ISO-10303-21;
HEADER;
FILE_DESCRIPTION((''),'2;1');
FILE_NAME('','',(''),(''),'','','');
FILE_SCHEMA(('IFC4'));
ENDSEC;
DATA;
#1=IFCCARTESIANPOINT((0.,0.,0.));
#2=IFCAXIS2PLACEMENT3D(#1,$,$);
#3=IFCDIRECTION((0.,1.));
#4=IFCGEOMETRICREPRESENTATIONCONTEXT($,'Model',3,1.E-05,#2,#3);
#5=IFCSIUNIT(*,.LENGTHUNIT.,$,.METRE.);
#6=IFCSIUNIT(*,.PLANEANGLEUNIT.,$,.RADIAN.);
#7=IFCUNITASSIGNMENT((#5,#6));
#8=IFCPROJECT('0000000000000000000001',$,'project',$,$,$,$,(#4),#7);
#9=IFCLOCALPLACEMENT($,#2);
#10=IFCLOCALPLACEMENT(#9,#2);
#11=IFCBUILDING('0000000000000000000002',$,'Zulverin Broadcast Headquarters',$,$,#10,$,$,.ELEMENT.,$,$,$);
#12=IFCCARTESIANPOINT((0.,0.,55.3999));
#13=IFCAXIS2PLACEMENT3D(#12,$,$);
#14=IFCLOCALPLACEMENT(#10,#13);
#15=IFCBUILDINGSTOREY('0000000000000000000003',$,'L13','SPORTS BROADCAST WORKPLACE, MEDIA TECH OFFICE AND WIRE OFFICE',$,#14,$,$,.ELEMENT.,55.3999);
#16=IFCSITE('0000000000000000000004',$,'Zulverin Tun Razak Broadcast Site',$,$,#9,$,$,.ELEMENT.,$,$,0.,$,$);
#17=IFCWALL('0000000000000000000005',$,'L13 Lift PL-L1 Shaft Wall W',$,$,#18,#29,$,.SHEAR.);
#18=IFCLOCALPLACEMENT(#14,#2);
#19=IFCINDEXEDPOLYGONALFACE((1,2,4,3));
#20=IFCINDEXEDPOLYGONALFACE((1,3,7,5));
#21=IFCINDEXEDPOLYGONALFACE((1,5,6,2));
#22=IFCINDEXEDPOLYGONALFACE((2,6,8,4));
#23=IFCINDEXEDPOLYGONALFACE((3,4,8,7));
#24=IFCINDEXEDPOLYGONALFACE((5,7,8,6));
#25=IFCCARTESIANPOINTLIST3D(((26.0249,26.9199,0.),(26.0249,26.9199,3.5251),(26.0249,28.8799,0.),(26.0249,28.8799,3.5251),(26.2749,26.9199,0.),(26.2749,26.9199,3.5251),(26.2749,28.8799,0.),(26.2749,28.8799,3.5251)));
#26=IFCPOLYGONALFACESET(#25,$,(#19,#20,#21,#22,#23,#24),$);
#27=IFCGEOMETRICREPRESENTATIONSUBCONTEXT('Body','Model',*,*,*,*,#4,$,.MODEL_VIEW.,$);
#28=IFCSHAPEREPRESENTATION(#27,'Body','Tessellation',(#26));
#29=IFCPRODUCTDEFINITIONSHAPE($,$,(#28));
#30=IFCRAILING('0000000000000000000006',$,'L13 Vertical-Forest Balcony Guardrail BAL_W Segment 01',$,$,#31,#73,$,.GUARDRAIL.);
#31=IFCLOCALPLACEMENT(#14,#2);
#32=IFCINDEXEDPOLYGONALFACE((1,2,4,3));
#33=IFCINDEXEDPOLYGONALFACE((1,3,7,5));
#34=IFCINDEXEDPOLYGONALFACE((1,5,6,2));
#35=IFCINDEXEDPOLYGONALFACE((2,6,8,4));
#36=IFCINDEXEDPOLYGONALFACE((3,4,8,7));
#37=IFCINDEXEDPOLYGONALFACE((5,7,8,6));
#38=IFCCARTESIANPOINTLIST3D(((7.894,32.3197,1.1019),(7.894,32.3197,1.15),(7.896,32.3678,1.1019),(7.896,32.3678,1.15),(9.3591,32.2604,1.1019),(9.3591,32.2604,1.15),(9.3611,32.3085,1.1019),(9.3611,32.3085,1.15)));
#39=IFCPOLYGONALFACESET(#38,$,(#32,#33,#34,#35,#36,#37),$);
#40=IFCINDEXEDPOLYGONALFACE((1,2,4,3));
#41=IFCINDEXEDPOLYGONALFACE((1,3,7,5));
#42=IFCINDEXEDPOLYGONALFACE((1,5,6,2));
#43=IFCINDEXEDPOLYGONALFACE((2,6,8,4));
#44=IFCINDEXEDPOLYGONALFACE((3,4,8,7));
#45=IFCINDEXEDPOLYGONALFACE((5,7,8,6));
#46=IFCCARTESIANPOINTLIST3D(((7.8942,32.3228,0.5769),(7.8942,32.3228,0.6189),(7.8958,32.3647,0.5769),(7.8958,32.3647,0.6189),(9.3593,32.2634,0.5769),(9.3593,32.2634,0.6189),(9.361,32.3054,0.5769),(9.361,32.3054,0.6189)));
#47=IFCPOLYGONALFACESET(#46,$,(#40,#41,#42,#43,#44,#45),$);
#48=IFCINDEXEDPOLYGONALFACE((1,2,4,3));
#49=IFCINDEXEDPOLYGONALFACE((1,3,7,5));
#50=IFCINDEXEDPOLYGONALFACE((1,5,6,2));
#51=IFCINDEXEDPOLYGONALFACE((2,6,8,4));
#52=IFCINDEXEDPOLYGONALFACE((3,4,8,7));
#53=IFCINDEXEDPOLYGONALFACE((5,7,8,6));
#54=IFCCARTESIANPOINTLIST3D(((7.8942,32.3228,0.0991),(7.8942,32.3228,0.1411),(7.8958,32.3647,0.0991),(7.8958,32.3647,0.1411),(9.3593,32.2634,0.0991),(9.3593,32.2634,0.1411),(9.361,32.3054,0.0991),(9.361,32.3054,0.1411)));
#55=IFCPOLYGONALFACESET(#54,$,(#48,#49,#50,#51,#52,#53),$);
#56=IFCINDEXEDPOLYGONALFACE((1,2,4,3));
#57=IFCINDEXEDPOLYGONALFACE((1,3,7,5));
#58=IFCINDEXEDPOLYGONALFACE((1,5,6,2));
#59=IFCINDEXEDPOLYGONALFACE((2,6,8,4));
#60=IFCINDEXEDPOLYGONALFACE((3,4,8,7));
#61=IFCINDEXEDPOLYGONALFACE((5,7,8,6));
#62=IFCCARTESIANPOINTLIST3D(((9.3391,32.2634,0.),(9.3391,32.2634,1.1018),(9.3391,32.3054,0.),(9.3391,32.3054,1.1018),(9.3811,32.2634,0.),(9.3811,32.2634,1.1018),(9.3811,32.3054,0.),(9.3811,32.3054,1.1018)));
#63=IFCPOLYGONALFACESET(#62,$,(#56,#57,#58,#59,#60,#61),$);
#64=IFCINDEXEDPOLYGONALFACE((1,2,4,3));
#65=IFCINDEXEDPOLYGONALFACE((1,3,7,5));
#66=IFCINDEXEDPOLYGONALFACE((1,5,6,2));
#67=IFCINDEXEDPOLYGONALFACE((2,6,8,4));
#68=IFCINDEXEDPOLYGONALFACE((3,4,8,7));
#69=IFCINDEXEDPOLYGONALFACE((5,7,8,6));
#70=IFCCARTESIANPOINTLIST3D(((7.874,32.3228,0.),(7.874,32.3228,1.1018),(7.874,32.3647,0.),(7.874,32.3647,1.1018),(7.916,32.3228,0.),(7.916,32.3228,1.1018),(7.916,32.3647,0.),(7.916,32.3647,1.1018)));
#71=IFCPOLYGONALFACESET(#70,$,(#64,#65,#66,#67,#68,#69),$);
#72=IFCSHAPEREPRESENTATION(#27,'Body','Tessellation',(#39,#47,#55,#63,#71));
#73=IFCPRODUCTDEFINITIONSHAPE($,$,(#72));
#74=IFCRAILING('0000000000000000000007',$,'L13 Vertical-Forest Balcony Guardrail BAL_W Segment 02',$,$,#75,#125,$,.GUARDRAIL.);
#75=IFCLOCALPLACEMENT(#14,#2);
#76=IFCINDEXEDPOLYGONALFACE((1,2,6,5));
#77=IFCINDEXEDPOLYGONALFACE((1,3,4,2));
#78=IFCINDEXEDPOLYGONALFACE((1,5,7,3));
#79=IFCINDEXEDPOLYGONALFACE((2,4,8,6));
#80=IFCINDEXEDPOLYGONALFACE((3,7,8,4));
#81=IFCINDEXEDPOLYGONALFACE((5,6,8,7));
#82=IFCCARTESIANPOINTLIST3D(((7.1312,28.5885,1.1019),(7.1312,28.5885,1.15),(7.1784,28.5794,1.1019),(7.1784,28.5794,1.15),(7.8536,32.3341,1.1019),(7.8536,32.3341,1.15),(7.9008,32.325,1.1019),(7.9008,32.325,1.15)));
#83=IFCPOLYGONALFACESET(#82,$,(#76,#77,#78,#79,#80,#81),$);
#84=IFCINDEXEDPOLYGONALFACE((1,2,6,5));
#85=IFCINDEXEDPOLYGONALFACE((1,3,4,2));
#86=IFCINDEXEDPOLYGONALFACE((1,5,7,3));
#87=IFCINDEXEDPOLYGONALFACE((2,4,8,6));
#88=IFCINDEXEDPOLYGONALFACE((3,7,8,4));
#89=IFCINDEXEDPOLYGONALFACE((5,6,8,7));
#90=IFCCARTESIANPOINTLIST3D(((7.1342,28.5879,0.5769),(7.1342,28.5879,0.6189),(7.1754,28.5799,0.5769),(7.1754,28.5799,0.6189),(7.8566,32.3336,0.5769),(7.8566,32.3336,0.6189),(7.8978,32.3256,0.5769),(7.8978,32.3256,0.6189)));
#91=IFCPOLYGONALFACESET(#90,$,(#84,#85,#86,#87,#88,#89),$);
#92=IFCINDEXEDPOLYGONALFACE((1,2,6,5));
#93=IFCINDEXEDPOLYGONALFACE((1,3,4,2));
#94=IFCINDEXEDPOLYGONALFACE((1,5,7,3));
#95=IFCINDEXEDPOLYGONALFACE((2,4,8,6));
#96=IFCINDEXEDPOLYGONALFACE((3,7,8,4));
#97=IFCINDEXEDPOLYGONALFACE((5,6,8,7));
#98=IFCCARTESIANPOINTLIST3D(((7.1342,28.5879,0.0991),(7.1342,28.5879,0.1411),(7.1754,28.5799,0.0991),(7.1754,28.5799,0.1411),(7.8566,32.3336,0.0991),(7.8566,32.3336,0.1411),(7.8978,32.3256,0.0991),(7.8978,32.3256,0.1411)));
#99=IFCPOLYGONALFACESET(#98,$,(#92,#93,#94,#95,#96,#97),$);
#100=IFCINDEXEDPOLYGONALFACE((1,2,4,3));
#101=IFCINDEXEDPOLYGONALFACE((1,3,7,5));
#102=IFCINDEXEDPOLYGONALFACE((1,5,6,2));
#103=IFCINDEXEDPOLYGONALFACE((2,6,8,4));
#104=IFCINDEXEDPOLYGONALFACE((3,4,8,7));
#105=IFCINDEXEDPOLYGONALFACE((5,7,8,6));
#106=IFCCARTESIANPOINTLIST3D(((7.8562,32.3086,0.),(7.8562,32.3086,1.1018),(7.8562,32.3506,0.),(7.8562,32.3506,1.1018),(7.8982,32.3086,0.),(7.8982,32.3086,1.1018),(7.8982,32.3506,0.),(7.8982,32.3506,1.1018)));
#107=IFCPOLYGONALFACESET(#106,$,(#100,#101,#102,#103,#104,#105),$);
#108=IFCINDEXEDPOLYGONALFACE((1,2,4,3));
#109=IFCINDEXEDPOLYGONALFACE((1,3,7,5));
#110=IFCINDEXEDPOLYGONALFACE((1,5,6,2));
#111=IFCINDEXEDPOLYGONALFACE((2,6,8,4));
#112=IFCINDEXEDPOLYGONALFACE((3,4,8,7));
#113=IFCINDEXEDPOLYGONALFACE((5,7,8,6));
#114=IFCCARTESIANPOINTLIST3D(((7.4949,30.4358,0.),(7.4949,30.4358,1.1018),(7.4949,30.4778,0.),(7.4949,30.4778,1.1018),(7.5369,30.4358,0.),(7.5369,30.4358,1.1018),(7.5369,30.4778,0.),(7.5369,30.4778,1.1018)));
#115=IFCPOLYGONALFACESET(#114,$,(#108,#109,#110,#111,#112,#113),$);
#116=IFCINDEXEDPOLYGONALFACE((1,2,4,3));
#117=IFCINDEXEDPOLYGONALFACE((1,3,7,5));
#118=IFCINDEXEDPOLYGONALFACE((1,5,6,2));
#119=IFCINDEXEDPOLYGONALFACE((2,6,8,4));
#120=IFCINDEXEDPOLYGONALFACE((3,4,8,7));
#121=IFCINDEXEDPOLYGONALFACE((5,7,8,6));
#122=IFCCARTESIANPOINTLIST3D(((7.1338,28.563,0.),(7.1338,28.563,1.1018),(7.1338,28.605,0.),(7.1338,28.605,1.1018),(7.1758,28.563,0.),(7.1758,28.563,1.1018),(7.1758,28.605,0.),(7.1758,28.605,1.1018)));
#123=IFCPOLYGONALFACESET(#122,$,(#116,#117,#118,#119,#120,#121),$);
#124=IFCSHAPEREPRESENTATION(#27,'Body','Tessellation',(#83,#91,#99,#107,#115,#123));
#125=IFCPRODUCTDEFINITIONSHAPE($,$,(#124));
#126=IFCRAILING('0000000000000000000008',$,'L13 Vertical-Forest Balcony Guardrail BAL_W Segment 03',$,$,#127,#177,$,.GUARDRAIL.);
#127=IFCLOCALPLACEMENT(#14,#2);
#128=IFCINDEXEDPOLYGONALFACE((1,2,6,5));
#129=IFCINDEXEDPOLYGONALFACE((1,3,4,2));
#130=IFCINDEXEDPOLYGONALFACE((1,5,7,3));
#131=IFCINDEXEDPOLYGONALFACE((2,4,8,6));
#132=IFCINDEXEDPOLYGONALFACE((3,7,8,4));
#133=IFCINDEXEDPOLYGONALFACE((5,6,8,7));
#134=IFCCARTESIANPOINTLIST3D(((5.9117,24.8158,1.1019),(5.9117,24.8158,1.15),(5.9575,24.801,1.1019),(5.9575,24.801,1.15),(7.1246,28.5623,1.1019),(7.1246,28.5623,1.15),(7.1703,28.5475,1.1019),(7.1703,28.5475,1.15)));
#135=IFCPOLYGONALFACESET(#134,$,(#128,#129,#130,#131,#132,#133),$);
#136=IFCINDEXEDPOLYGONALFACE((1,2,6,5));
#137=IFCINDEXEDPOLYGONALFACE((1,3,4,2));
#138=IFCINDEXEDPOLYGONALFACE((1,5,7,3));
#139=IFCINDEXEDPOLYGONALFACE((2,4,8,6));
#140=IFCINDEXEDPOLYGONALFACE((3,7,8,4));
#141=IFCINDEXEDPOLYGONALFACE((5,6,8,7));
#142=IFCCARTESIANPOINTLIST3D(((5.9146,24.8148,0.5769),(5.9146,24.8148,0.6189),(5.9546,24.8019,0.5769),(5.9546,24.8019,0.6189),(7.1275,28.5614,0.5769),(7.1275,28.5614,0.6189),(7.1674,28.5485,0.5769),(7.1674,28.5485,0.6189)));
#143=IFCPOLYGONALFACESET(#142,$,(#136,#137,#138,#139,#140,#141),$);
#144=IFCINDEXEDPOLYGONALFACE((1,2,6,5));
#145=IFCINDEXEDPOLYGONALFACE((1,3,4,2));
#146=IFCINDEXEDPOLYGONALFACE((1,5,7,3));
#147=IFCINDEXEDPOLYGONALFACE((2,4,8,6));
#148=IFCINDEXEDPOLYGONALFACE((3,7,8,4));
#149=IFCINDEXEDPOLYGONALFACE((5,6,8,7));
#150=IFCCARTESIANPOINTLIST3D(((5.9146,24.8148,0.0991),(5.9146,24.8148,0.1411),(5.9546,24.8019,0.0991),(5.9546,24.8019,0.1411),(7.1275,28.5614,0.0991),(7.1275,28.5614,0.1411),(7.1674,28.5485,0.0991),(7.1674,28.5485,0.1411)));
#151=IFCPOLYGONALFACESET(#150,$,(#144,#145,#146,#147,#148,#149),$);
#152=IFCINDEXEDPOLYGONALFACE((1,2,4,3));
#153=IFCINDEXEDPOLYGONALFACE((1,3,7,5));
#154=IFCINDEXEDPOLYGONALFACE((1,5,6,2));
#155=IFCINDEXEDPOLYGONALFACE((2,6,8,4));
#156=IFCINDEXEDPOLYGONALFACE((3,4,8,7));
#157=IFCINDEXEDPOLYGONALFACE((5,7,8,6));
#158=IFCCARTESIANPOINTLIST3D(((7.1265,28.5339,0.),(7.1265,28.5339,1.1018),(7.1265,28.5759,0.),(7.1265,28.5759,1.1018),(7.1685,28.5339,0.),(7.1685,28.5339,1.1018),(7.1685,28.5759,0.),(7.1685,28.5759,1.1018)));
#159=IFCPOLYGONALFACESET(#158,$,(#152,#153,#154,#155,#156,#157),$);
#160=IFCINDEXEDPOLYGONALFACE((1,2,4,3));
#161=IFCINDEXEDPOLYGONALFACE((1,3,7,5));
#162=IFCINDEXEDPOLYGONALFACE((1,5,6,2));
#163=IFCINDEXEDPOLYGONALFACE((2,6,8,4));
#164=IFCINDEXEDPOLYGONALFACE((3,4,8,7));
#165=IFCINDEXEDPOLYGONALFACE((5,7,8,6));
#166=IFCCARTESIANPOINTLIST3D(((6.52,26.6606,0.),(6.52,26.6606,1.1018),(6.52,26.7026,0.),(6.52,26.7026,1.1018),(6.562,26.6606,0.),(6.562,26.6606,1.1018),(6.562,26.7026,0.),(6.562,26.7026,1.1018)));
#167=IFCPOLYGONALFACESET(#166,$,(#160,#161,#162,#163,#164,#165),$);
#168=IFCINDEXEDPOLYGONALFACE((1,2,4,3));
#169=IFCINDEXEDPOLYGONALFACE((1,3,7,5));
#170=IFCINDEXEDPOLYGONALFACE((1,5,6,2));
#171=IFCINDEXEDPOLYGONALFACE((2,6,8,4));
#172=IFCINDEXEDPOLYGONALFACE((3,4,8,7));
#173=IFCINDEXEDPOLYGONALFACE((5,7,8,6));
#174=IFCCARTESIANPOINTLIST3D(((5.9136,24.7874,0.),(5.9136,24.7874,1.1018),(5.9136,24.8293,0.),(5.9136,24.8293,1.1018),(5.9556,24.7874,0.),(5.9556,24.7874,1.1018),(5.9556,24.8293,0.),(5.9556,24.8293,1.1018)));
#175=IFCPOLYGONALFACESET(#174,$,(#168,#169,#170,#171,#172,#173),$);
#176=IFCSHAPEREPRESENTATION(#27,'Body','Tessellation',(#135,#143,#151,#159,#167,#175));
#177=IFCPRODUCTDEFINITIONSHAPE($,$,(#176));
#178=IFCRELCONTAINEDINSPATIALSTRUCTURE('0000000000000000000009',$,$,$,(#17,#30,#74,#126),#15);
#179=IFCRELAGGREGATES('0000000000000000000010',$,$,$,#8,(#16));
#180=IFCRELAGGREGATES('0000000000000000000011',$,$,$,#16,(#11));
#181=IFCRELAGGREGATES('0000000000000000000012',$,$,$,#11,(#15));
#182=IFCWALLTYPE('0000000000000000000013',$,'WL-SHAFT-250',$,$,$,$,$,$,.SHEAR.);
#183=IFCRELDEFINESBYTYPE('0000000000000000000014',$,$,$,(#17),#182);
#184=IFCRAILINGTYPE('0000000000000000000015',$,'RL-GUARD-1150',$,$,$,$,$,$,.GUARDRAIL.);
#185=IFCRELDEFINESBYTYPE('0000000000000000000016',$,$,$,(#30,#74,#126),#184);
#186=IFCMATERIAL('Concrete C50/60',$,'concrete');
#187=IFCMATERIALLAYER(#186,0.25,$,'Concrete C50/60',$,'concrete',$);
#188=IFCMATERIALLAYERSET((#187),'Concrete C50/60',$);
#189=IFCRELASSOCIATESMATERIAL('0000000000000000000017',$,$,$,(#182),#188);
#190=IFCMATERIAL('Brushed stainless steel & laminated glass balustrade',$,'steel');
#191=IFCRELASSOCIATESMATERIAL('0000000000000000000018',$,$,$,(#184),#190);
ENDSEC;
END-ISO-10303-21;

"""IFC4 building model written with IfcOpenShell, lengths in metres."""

from ifc_helpers import new_model, si_unit, direction, frame, frame_2d, origin, origin_2d, place, context, subcontext, project, spatial, rectangle, extrude, material, layer, layer_set, type_object, element, save


model = new_model("IFC4")

# Units and contexts
model_context = context("Model", 3, precision=1e-05, world=origin(), true_north=direction((0.0, 1.0)))
body_context = subcontext(model_context, "Body", "Model", "MODEL_VIEW")
ifc_project = project(units=[si_unit("LENGTHUNIT", "METRE"), si_unit("PLANEANGLEUNIT", "RADIAN")], contexts=[model_context])

# Site, building, storey
site_placement = place(None, origin())
site = spatial("IfcSite", under=ifc_project, at=site_placement, Name="Zulverin Tun Razak Broadcast Site", CompositionType="ELEMENT", RefElevation=0.0)
building_placement = place(site_placement, origin())
building = spatial("IfcBuilding", under=site, at=building_placement, Name="Zulverin Broadcast Headquarters", CompositionType="ELEMENT")
storey_placement = place(building_placement, frame((0.0, 0.0, 55.3999)))
storey = spatial("IfcBuildingStorey", under=building, at=storey_placement, Name="L13", Description="SPORTS BROADCAST WORKPLACE, MEDIA TECH OFFICE AND WIRE OFFICE", CompositionType="ELEMENT", Elevation=55.3999)

# Shared definitions
ifc_material_1 = material(Name="Concrete C50/60", Category="concrete")
ifc_layer_1 = layer(ifc_material_1, 0.25, Name="Concrete C50/60", Category="concrete")
ifc_layer_set_1 = layer_set([ifc_layer_1], Name="Concrete C50/60")
wall_type_1 = type_object("IfcWallType", Name="WL-SHAFT-250", PredefinedType="SHEAR", material=ifc_layer_set_1)

# Wall
wall_1_placement = place(storey_placement, frame((26.1499, 26.9199, 0.0), z_axis=(0.0, 0.0, 1.0), x_axis=(0.0, 1.0, 0.0)))
element("IfcWall", 1, at=wall_1_placement, inside=storey, type_object=wall_type_1, Name="L13 Lift PL-L1 Shaft Wall W", PredefinedType="SHEAR", context=body_context, shape_type="SweptSolid", body=[
    extrude(rectangle(XDim=1.96, YDim=0.25, at=frame_2d((0.98, 0.0))), origin(), (0.0, 0.0, 1.0), 3.5251),
])

# Railings
ifc_material_2 = material(Name="Brushed stainless steel & laminated glass balustrade", Category="steel")
railing_type = type_object("IfcRailingType", Name="RL-GUARD-1150", PredefinedType="GUARDRAIL", material=ifc_material_2)
railing_1_placement = place(storey_placement, frame((9.3601, 32.2844, 0.0)))
element("IfcRailing", 2, at=railing_1_placement, inside=storey, type_object=railing_type, Name="L13 Vertical-Forest Balcony Guardrail BAL_W Segment 01", PredefinedType="GUARDRAIL", context=body_context, shape_type="SweptSolid", body=[
    extrude(rectangle(XDim=0.0481, YDim=0.0481, at=origin_2d()), frame((0.0, 0.0, 1.126), z_axis=(-0.999181, 0.04046, 0.0), x_axis=(-0.04046, -0.999181, 0.0)), (0.0, 0.0, 1.0), 1.4663),
    extrude(rectangle(XDim=0.042, YDim=0.042, at=origin_2d()), frame((0.0, 0.0, 0.5979), z_axis=(-0.999181, 0.04046, 0.0), x_axis=(-0.04046, -0.999181, 0.0)), (0.0, 0.0, 1.0), 1.4663),
    extrude(rectangle(XDim=0.042, YDim=0.042, at=origin_2d()), frame((0.0, 0.0, 0.1201), z_axis=(-0.999181, 0.04046, 0.0), x_axis=(-0.04046, -0.999181, 0.0)), (0.0, 0.0, 1.0), 1.4663),
    extrude(rectangle(XDim=0.042, YDim=0.042, at=origin_2d()), origin(), (0.0, 0.0, 1.0), 1.1018),
    extrude(rectangle(XDim=0.042, YDim=0.042, at=origin_2d()), frame((-1.4651, 0.0593, 0.0)), (0.0, 0.0, 1.0), 1.1018),
])
railing_2_placement = place(storey_placement, frame((7.8772, 32.3296, 0.0)))
element("IfcRailing", 3, at=railing_2_placement, inside=storey, type_object=railing_type, Name="L13 Vertical-Forest Balcony Guardrail BAL_W Segment 02", PredefinedType="GUARDRAIL", context=body_context, shape_type="SweptSolid", body=[
    extrude(rectangle(XDim=0.0481, YDim=0.0481, at=origin_2d()), frame((0.0, 0.0, 1.126), z_axis=(-0.189379, -0.981904, 0.0), x_axis=(0.981904, -0.189379, 0.0)), (0.0, 0.0, 1.0), 3.8147),
    extrude(rectangle(XDim=0.042, YDim=0.042, at=origin_2d()), frame((0.0, 0.0, 0.5979), z_axis=(-0.189379, -0.981904, 0.0), x_axis=(0.981904, -0.189379, 0.0)), (0.0, 0.0, 1.0), 3.8147),
    extrude(rectangle(XDim=0.042, YDim=0.042, at=origin_2d()), frame((0.0, 0.0, 0.1201), z_axis=(-0.189379, -0.981904, 0.0), x_axis=(0.981904, -0.189379, 0.0)), (0.0, 0.0, 1.0), 3.8147),
    extrude(rectangle(XDim=0.042, YDim=0.042, at=origin_2d()), origin(), (0.0, 0.0, 1.0), 1.1018),
    extrude(rectangle(XDim=0.042, YDim=0.042, at=origin_2d()), frame((-0.3613, -1.8728, 0.0)), (0.0, 0.0, 1.0), 1.1018),
    extrude(rectangle(XDim=0.042, YDim=0.042, at=origin_2d()), frame((-0.7224, -3.7456, 0.0)), (0.0, 0.0, 1.0), 1.1018),
])
railing_3_placement = place(storey_placement, frame((7.1475, 28.5549, 0.0)))
element("IfcRailing", 4, at=railing_3_placement, inside=storey, type_object=railing_type, Name="L13 Vertical-Forest Balcony Guardrail BAL_W Segment 03", PredefinedType="GUARDRAIL", context=body_context, shape_type="SweptSolid", body=[
    extrude(rectangle(XDim=0.0481, YDim=0.0481, at=origin_2d()), frame((0.0, 0.0, 1.126), z_axis=(-0.307995, -0.951388, 0.0), x_axis=(0.951388, -0.307995, 0.0)), (0.0, 0.0, 1.0), 3.938),
    extrude(rectangle(XDim=0.042, YDim=0.042, at=origin_2d()), frame((0.0, 0.0, 0.5979), z_axis=(-0.307995, -0.951388, 0.0), x_axis=(0.951388, -0.307995, 0.0)), (0.0, 0.0, 1.0), 3.938),
    extrude(rectangle(XDim=0.042, YDim=0.042, at=origin_2d()), frame((0.0, 0.0, 0.1201), z_axis=(-0.307995, -0.951388, 0.0), x_axis=(0.951388, -0.307995, 0.0)), (0.0, 0.0, 1.0), 3.938),
    extrude(rectangle(XDim=0.042, YDim=0.042, at=origin_2d()), origin(), (0.0, 0.0, 1.0), 1.1018),
    extrude(rectangle(XDim=0.042, YDim=0.042, at=origin_2d()), frame((-0.6064, -1.8733, 0.0)), (0.0, 0.0, 1.0), 1.1018),
    extrude(rectangle(XDim=0.042, YDim=0.042, at=origin_2d()), frame((-1.2129, -3.7466, 0.0)), (0.0, 0.0, 1.0), 1.1018),
])

save(model, "model.ifc")
